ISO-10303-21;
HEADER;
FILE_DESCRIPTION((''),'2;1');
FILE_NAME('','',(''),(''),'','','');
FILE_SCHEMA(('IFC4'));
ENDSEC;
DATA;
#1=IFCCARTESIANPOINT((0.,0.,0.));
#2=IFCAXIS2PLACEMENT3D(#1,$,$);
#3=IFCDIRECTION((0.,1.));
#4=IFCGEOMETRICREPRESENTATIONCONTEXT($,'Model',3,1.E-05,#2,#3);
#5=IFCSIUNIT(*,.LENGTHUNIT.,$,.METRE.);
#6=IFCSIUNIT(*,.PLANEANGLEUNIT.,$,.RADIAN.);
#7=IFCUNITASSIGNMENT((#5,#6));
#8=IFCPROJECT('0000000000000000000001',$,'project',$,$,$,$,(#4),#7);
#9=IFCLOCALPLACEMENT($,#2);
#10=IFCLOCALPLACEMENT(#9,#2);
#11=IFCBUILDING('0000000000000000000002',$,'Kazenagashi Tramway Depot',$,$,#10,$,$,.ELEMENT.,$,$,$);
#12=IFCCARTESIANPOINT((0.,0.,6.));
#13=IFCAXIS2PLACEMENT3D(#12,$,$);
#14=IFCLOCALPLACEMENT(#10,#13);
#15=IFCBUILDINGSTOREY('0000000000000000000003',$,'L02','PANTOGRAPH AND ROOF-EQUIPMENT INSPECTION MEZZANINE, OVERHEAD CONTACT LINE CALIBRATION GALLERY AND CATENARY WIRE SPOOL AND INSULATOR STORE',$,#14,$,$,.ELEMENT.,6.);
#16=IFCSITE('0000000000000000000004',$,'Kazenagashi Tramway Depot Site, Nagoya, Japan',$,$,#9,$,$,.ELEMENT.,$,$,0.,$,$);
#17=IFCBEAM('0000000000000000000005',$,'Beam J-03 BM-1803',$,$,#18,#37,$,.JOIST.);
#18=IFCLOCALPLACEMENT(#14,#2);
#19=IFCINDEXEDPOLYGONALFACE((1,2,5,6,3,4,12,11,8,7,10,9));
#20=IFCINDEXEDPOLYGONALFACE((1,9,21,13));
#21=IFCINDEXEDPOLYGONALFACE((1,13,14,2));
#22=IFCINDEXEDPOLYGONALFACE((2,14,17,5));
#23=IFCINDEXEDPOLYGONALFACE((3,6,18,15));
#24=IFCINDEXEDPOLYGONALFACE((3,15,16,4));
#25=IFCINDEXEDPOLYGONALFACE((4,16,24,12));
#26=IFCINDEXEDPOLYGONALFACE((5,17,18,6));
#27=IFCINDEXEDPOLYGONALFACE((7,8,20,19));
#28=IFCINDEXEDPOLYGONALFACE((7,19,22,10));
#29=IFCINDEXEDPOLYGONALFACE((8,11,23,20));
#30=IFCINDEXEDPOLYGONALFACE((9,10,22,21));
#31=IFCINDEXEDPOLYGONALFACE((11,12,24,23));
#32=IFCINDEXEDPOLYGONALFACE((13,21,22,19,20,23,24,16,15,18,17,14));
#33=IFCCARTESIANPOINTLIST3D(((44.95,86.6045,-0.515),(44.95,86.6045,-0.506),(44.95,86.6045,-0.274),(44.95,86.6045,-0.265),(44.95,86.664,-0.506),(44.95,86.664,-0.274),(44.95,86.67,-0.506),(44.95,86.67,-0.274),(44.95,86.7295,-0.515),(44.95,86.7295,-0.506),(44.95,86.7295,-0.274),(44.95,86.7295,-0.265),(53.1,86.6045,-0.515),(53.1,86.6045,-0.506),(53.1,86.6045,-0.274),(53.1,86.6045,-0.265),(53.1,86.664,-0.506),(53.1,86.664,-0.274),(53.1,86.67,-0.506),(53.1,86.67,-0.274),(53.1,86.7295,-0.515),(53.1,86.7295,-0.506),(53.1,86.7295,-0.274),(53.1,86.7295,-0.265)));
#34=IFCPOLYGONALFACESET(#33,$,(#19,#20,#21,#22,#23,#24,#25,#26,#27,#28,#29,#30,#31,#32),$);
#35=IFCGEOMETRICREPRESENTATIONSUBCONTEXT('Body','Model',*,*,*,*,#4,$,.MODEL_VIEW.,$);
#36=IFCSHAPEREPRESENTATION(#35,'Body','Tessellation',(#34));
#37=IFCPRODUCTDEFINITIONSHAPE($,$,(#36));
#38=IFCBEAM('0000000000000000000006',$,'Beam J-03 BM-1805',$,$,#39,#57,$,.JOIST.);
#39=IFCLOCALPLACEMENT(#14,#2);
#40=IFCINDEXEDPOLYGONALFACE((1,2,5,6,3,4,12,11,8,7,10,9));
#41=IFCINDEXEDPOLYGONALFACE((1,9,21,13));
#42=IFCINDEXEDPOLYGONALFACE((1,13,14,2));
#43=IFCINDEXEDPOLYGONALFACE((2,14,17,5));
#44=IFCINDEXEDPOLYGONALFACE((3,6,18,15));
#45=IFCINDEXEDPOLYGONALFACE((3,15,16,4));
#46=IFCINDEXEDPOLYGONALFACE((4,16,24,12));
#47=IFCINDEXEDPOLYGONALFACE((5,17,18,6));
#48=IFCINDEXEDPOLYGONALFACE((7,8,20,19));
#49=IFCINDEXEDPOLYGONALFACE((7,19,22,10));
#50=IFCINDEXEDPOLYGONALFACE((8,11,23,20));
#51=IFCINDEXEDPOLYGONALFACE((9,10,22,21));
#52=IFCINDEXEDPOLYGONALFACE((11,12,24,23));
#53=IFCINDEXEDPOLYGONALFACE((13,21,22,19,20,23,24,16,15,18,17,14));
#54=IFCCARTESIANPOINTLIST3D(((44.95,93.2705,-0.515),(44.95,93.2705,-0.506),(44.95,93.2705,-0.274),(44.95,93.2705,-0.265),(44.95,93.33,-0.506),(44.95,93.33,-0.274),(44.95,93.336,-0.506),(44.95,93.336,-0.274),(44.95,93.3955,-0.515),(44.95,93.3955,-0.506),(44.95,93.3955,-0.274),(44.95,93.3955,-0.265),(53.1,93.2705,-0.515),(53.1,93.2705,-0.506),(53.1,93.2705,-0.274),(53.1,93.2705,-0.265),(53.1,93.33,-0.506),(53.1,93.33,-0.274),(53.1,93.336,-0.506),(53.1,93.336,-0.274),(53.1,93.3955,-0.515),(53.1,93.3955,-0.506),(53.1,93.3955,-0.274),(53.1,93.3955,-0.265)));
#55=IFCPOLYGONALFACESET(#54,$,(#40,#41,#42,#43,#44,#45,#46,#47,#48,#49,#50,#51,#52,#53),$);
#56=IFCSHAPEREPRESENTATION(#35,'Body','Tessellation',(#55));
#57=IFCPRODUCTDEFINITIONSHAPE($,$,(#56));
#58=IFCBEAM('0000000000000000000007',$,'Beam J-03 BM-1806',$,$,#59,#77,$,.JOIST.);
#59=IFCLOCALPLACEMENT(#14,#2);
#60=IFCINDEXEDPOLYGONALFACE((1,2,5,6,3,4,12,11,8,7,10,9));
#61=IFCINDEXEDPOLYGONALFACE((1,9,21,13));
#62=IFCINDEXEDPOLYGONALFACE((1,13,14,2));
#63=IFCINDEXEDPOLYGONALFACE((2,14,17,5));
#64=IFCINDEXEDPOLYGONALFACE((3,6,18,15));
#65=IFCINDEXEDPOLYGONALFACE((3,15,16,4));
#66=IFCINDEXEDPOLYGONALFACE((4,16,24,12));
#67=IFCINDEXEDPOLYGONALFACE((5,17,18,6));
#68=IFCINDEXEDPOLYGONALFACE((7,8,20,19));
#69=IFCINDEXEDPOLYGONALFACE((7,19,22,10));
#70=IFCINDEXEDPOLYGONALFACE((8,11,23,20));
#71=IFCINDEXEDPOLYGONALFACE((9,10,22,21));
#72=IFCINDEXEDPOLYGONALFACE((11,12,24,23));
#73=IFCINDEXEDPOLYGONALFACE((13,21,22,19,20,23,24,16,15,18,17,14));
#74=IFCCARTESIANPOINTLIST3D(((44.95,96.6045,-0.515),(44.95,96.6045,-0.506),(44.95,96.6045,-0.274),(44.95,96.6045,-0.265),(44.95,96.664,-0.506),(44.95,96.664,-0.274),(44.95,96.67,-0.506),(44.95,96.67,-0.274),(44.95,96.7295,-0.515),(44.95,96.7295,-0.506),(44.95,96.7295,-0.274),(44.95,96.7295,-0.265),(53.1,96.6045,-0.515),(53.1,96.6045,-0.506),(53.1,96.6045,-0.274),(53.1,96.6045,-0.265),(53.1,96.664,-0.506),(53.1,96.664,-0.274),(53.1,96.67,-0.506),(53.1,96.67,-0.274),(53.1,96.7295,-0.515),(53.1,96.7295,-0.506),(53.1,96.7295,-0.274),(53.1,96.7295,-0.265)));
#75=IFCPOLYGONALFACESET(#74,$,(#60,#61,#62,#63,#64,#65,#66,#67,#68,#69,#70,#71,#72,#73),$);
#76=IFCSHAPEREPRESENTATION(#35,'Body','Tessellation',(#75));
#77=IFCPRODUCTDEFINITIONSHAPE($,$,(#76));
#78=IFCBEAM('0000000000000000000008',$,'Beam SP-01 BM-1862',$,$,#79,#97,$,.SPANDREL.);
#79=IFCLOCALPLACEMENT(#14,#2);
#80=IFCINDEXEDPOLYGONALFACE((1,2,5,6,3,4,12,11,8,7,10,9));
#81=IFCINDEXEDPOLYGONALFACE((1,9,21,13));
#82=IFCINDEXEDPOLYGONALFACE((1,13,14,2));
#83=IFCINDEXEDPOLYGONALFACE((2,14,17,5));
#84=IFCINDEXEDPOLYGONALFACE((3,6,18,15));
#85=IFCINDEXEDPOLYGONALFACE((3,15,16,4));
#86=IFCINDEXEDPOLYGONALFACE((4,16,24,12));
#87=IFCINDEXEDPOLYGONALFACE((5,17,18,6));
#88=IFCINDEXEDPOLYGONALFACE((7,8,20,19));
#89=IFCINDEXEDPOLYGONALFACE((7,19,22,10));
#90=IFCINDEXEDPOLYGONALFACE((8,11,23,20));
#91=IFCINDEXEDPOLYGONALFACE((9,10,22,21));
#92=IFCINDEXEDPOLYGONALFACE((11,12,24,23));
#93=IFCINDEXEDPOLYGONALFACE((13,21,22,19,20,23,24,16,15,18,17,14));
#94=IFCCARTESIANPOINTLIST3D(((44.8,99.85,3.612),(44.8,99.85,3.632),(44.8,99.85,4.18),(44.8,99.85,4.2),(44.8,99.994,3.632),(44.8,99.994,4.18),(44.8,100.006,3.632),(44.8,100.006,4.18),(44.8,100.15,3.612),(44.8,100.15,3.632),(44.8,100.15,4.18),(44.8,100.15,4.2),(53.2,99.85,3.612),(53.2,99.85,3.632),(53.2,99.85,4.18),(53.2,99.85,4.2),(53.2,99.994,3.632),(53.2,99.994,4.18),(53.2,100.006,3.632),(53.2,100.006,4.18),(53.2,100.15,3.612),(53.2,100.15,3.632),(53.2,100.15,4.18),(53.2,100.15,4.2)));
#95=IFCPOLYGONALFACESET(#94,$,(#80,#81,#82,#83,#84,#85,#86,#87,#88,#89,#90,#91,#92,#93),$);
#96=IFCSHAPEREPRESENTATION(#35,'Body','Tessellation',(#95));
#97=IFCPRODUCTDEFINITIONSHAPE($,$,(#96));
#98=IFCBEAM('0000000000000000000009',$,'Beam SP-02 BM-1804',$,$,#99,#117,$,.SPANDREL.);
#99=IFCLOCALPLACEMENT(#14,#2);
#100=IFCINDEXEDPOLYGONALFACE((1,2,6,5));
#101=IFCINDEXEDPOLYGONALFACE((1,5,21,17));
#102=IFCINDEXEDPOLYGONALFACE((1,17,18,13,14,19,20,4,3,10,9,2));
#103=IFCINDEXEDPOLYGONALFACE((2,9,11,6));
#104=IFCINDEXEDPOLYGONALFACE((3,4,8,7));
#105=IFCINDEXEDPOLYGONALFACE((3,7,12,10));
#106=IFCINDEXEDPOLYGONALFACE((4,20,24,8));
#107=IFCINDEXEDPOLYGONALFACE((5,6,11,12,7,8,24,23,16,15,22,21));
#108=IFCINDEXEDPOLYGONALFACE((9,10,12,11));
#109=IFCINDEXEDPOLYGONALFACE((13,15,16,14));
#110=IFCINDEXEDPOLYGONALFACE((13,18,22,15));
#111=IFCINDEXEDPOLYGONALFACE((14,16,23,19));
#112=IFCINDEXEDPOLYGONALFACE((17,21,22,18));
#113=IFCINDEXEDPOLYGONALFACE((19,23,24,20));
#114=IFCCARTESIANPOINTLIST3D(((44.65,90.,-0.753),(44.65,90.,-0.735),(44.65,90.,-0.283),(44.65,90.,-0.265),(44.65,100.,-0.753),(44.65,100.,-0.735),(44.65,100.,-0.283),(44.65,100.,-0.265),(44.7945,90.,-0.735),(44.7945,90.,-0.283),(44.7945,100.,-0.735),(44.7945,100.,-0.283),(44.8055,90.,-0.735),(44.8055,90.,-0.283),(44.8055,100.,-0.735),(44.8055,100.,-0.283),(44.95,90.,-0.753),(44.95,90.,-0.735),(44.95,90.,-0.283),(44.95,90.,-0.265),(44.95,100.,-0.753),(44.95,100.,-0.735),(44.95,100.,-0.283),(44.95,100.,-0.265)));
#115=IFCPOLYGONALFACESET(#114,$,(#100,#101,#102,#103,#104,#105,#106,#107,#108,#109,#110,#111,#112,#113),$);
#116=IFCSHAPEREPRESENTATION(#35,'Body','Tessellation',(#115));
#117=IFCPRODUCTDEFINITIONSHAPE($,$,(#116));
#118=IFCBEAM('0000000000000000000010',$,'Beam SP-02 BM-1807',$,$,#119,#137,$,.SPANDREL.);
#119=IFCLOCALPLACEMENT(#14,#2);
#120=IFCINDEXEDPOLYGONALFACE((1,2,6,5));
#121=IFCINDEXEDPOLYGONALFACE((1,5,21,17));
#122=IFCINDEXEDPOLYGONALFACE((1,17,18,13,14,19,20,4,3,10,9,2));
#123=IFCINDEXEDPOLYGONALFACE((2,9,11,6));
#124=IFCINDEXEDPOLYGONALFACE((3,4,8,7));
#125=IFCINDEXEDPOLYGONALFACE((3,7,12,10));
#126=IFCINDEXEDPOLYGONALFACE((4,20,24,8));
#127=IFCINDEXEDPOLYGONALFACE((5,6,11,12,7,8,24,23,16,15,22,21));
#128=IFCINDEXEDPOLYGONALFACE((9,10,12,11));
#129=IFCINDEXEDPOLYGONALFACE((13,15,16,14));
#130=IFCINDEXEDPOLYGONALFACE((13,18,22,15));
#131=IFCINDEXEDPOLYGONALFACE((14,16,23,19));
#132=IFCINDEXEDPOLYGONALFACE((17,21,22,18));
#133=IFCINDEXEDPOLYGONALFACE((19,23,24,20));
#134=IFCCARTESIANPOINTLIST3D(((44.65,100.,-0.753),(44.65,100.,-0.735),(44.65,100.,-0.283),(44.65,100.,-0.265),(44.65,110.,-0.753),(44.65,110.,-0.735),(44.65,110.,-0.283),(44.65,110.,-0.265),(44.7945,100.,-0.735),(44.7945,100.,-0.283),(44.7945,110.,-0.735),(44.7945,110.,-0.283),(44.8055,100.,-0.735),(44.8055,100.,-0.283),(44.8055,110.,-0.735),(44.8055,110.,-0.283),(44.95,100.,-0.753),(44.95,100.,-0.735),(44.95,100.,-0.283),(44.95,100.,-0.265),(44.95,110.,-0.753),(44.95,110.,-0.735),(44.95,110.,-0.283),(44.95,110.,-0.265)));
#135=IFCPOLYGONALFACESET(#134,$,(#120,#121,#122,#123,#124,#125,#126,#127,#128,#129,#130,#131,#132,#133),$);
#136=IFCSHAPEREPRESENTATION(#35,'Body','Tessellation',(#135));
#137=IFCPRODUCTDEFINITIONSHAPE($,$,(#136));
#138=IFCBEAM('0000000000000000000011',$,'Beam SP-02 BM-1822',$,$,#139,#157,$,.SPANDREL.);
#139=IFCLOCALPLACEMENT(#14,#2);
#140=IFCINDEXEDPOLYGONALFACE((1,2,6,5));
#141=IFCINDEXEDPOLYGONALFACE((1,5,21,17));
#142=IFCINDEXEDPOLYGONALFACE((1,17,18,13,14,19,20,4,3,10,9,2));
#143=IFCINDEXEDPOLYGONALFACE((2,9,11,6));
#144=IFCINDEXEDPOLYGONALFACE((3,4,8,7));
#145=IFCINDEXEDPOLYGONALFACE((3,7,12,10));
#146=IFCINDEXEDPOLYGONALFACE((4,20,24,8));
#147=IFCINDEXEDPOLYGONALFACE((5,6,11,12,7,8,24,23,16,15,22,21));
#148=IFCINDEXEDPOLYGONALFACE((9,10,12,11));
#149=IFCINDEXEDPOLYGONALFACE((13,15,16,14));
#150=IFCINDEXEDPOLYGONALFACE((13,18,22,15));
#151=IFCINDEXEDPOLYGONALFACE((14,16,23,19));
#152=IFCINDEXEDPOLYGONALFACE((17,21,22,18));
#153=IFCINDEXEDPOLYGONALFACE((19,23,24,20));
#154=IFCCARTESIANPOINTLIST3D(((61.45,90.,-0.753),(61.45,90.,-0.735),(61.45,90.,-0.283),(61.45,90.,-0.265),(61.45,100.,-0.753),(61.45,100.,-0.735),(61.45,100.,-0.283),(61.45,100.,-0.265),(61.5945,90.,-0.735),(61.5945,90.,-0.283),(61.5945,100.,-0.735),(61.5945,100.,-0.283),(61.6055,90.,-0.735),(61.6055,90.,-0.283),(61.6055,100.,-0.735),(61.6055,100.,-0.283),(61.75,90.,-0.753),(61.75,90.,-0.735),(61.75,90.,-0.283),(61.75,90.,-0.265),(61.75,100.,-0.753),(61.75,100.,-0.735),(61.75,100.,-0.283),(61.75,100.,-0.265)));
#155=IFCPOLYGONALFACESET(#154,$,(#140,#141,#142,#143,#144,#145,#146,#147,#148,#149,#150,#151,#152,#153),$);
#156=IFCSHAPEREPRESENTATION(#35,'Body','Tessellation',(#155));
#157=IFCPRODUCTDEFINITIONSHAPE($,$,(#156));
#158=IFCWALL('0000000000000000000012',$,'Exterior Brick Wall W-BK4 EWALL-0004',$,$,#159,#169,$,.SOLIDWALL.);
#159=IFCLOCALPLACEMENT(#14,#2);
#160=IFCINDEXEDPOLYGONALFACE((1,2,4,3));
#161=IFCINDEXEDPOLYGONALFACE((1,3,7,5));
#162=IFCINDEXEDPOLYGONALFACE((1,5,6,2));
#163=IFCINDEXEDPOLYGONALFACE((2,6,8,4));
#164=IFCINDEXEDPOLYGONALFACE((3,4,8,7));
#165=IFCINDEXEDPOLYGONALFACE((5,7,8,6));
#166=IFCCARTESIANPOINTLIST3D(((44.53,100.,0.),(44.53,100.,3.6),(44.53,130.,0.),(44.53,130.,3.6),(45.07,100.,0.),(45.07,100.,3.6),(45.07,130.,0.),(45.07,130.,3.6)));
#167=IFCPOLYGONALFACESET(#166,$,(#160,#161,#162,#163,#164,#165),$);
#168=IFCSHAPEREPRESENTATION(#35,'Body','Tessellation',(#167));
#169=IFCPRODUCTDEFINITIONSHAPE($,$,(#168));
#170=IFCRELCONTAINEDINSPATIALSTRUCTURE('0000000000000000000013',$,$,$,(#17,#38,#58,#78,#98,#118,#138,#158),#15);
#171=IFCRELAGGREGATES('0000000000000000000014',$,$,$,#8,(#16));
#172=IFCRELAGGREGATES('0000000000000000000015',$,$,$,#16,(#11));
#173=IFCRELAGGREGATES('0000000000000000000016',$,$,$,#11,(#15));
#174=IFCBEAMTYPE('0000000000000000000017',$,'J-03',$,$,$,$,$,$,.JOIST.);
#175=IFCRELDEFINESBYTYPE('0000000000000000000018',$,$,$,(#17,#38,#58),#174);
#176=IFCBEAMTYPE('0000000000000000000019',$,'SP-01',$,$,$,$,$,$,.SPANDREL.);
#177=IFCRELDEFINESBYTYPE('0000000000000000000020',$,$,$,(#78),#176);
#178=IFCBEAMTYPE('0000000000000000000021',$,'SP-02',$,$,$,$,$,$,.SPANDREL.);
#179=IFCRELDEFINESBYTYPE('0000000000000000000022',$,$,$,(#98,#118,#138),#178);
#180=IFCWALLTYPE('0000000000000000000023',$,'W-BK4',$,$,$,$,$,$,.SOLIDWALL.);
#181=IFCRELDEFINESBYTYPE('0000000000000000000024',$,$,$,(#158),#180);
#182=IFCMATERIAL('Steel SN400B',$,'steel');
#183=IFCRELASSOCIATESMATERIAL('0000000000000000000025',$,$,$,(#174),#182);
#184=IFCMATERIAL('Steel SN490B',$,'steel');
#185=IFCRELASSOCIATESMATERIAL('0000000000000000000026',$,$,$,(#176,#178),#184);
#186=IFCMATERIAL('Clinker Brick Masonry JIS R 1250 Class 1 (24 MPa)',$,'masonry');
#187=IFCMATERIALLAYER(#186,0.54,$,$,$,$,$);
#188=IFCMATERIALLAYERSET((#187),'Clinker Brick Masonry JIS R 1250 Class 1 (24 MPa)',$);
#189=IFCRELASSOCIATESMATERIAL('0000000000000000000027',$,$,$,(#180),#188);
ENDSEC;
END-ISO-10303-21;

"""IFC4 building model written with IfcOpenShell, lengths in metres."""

from ifc_helpers import new_model, si_unit, direction, frame, frame_2d, origin, origin_2d, place, context, subcontext, project, spatial, rectangle, i_section, extrude, material, layer, layer_set, material_profile, profile_set, type_object, element, save


model = new_model("IFC4")

# Units and contexts
model_context = context("Model", 3, precision=1e-05, world=origin(), true_north=direction((0.0, 1.0)))
body_context = subcontext(model_context, "Body", "Model", "MODEL_VIEW")
ifc_project = project(units=[si_unit("LENGTHUNIT", "METRE"), si_unit("PLANEANGLEUNIT", "RADIAN")], contexts=[model_context])

# Site, building, storey
site_placement = place(None, origin())
site = spatial("IfcSite", under=ifc_project, at=site_placement, Name="Kazenagashi Tramway Depot Site, Nagoya, Japan", CompositionType="ELEMENT", RefElevation=0.0)
building_placement = place(site_placement, origin())
building = spatial("IfcBuilding", under=site, at=building_placement, Name="Kazenagashi Tramway Depot", CompositionType="ELEMENT")
storey_placement = place(building_placement, frame((0.0, 0.0, 6.0)))
storey = spatial("IfcBuildingStorey", under=building, at=storey_placement, Name="L02", Description="PANTOGRAPH AND ROOF-EQUIPMENT INSPECTION MEZZANINE, OVERHEAD CONTACT LINE CALIBRATION GALLERY AND CATENARY WIRE SPOOL AND INSULATOR STORE", CompositionType="ELEMENT", Elevation=6.0)

# Beams
ifc_material_1 = material(Name="Steel SN490B", Category="steel")
ifc_material_2 = material(Name="Steel SN400B", Category="steel")
ifc_material_profile_1 = material_profile(ifc_material_2, i_section(OverallWidth=0.125, OverallDepth=0.25, WebThickness=0.006, FlangeThickness=0.009, at=origin_2d()), Name="H-250x125x6x9")
ifc_profile_set_1 = profile_set([ifc_material_profile_1], Name="Steel SN400B")
beam_type_1 = type_object("IfcBeamType", Name="J-03", PredefinedType="JOIST", material=ifc_profile_set_1)
for number, where, z_axis, x_axis, name in (
    (1, (44.95, 86.667, -0.39), (1.0, 0.0, 0.0), (0.0, 1.0, 0.0), "Beam J-03 BM-1803"),
    (2, (44.95, 93.333, -0.39), (1.0, 0.0, 0.0), (0.0, 1.0, 0.0), "Beam J-03 BM-1805"),
    (3, (44.95, 96.667, -0.39), (1.0, 0.0, 0.0), (0.0, 1.0, 0.0), "Beam J-03 BM-1806"),
):
    element("IfcBeam", number, at=place(storey_placement, frame(where, z_axis=z_axis, x_axis=x_axis)), inside=storey, type_object=beam_type_1, Name=name, PredefinedType="JOIST", context=body_context, shape_type="SweptSolid", body=[
        extrude(i_section(OverallWidth=0.125, OverallDepth=0.25, WebThickness=0.006, FlangeThickness=0.009, at=origin_2d()), origin(), (0.0, 0.0, 1.0), 8.15),
    ])
ifc_material_profile_2 = material_profile(ifc_material_1, i_section(OverallWidth=0.3, OverallDepth=0.588, WebThickness=0.012, FlangeThickness=0.02, at=origin_2d()), Name="H-588x300x12x20")
ifc_profile_set_2 = profile_set([ifc_material_profile_2], Name="Steel SN490B")
beam_type_2 = type_object("IfcBeamType", Name="SP-01", PredefinedType="SPANDREL", material=ifc_profile_set_2)
beam_1_placement = place(storey_placement, frame((44.8, 100.0, 3.906), z_axis=(1.0, 0.0, 0.0), x_axis=(0.0, 1.0, 0.0)))
element("IfcBeam", 4, at=beam_1_placement, inside=storey, type_object=beam_type_2, Name="Beam SP-01 BM-1862", PredefinedType="SPANDREL", context=body_context, shape_type="SweptSolid", body=[
    extrude(i_section(OverallWidth=0.3, OverallDepth=0.588, WebThickness=0.012, FlangeThickness=0.02, at=origin_2d()), origin(), (0.0, 0.0, 1.0), 8.4),
])
ifc_material_profile_3 = material_profile(ifc_material_1, i_section(OverallWidth=0.3, OverallDepth=0.488, WebThickness=0.011, FlangeThickness=0.018, at=origin_2d()), Name="H-488x300x11x18")
ifc_profile_set_3 = profile_set([ifc_material_profile_3], Name="Steel SN490B")
beam_type_3 = type_object("IfcBeamType", Name="SP-02", PredefinedType="SPANDREL", material=ifc_profile_set_3)
for number, where, z_axis, x_axis, name in (
    (5, (44.8, 90.0, -0.509), (0.0, 1.0, 0.0), (-1.0, 0.0, 0.0), "Beam SP-02 BM-1804"),
    (6, (44.8, 100.0, -0.509), (0.0, 1.0, 0.0), (-1.0, 0.0, 0.0), "Beam SP-02 BM-1807"),
    (7, (61.6, 90.0, -0.509), (0.0, 1.0, 0.0), (-1.0, 0.0, 0.0), "Beam SP-02 BM-1822"),
):
    element("IfcBeam", number, at=place(storey_placement, frame(where, z_axis=z_axis, x_axis=x_axis)), inside=storey, type_object=beam_type_3, Name=name, PredefinedType="SPANDREL", context=body_context, shape_type="SweptSolid", body=[
        extrude(i_section(OverallWidth=0.3, OverallDepth=0.488, WebThickness=0.011, FlangeThickness=0.018, at=origin_2d()), origin(), (0.0, 0.0, 1.0), 10.0),
    ])

# Wall
ifc_material_3 = material(Name="Clinker Brick Masonry JIS R 1250 Class 1 (24 MPa)", Category="masonry")
ifc_layer_1 = layer(ifc_material_3, 0.54)
ifc_layer_set_1 = layer_set([ifc_layer_1], Name="Clinker Brick Masonry JIS R 1250 Class 1 (24 MPa)")
wall_type_1 = type_object("IfcWallType", Name="W-BK4", PredefinedType="SOLIDWALL", material=ifc_layer_set_1)
wall_1_placement = place(storey_placement, frame((44.8, 100.0, 0.0), z_axis=(0.0, 0.0, 1.0), x_axis=(0.0, 1.0, 0.0)))
element("IfcWall", 8, at=wall_1_placement, inside=storey, type_object=wall_type_1, Name="Exterior Brick Wall W-BK4 EWALL-0004", PredefinedType="SOLIDWALL", context=body_context, shape_type="SweptSolid", body=[
    extrude(rectangle(XDim=30.0, YDim=0.54, at=frame_2d((15.0, 0.0))), origin(), (0.0, 0.0, 1.0), 3.6),
])

save(model, "model.ifc")
